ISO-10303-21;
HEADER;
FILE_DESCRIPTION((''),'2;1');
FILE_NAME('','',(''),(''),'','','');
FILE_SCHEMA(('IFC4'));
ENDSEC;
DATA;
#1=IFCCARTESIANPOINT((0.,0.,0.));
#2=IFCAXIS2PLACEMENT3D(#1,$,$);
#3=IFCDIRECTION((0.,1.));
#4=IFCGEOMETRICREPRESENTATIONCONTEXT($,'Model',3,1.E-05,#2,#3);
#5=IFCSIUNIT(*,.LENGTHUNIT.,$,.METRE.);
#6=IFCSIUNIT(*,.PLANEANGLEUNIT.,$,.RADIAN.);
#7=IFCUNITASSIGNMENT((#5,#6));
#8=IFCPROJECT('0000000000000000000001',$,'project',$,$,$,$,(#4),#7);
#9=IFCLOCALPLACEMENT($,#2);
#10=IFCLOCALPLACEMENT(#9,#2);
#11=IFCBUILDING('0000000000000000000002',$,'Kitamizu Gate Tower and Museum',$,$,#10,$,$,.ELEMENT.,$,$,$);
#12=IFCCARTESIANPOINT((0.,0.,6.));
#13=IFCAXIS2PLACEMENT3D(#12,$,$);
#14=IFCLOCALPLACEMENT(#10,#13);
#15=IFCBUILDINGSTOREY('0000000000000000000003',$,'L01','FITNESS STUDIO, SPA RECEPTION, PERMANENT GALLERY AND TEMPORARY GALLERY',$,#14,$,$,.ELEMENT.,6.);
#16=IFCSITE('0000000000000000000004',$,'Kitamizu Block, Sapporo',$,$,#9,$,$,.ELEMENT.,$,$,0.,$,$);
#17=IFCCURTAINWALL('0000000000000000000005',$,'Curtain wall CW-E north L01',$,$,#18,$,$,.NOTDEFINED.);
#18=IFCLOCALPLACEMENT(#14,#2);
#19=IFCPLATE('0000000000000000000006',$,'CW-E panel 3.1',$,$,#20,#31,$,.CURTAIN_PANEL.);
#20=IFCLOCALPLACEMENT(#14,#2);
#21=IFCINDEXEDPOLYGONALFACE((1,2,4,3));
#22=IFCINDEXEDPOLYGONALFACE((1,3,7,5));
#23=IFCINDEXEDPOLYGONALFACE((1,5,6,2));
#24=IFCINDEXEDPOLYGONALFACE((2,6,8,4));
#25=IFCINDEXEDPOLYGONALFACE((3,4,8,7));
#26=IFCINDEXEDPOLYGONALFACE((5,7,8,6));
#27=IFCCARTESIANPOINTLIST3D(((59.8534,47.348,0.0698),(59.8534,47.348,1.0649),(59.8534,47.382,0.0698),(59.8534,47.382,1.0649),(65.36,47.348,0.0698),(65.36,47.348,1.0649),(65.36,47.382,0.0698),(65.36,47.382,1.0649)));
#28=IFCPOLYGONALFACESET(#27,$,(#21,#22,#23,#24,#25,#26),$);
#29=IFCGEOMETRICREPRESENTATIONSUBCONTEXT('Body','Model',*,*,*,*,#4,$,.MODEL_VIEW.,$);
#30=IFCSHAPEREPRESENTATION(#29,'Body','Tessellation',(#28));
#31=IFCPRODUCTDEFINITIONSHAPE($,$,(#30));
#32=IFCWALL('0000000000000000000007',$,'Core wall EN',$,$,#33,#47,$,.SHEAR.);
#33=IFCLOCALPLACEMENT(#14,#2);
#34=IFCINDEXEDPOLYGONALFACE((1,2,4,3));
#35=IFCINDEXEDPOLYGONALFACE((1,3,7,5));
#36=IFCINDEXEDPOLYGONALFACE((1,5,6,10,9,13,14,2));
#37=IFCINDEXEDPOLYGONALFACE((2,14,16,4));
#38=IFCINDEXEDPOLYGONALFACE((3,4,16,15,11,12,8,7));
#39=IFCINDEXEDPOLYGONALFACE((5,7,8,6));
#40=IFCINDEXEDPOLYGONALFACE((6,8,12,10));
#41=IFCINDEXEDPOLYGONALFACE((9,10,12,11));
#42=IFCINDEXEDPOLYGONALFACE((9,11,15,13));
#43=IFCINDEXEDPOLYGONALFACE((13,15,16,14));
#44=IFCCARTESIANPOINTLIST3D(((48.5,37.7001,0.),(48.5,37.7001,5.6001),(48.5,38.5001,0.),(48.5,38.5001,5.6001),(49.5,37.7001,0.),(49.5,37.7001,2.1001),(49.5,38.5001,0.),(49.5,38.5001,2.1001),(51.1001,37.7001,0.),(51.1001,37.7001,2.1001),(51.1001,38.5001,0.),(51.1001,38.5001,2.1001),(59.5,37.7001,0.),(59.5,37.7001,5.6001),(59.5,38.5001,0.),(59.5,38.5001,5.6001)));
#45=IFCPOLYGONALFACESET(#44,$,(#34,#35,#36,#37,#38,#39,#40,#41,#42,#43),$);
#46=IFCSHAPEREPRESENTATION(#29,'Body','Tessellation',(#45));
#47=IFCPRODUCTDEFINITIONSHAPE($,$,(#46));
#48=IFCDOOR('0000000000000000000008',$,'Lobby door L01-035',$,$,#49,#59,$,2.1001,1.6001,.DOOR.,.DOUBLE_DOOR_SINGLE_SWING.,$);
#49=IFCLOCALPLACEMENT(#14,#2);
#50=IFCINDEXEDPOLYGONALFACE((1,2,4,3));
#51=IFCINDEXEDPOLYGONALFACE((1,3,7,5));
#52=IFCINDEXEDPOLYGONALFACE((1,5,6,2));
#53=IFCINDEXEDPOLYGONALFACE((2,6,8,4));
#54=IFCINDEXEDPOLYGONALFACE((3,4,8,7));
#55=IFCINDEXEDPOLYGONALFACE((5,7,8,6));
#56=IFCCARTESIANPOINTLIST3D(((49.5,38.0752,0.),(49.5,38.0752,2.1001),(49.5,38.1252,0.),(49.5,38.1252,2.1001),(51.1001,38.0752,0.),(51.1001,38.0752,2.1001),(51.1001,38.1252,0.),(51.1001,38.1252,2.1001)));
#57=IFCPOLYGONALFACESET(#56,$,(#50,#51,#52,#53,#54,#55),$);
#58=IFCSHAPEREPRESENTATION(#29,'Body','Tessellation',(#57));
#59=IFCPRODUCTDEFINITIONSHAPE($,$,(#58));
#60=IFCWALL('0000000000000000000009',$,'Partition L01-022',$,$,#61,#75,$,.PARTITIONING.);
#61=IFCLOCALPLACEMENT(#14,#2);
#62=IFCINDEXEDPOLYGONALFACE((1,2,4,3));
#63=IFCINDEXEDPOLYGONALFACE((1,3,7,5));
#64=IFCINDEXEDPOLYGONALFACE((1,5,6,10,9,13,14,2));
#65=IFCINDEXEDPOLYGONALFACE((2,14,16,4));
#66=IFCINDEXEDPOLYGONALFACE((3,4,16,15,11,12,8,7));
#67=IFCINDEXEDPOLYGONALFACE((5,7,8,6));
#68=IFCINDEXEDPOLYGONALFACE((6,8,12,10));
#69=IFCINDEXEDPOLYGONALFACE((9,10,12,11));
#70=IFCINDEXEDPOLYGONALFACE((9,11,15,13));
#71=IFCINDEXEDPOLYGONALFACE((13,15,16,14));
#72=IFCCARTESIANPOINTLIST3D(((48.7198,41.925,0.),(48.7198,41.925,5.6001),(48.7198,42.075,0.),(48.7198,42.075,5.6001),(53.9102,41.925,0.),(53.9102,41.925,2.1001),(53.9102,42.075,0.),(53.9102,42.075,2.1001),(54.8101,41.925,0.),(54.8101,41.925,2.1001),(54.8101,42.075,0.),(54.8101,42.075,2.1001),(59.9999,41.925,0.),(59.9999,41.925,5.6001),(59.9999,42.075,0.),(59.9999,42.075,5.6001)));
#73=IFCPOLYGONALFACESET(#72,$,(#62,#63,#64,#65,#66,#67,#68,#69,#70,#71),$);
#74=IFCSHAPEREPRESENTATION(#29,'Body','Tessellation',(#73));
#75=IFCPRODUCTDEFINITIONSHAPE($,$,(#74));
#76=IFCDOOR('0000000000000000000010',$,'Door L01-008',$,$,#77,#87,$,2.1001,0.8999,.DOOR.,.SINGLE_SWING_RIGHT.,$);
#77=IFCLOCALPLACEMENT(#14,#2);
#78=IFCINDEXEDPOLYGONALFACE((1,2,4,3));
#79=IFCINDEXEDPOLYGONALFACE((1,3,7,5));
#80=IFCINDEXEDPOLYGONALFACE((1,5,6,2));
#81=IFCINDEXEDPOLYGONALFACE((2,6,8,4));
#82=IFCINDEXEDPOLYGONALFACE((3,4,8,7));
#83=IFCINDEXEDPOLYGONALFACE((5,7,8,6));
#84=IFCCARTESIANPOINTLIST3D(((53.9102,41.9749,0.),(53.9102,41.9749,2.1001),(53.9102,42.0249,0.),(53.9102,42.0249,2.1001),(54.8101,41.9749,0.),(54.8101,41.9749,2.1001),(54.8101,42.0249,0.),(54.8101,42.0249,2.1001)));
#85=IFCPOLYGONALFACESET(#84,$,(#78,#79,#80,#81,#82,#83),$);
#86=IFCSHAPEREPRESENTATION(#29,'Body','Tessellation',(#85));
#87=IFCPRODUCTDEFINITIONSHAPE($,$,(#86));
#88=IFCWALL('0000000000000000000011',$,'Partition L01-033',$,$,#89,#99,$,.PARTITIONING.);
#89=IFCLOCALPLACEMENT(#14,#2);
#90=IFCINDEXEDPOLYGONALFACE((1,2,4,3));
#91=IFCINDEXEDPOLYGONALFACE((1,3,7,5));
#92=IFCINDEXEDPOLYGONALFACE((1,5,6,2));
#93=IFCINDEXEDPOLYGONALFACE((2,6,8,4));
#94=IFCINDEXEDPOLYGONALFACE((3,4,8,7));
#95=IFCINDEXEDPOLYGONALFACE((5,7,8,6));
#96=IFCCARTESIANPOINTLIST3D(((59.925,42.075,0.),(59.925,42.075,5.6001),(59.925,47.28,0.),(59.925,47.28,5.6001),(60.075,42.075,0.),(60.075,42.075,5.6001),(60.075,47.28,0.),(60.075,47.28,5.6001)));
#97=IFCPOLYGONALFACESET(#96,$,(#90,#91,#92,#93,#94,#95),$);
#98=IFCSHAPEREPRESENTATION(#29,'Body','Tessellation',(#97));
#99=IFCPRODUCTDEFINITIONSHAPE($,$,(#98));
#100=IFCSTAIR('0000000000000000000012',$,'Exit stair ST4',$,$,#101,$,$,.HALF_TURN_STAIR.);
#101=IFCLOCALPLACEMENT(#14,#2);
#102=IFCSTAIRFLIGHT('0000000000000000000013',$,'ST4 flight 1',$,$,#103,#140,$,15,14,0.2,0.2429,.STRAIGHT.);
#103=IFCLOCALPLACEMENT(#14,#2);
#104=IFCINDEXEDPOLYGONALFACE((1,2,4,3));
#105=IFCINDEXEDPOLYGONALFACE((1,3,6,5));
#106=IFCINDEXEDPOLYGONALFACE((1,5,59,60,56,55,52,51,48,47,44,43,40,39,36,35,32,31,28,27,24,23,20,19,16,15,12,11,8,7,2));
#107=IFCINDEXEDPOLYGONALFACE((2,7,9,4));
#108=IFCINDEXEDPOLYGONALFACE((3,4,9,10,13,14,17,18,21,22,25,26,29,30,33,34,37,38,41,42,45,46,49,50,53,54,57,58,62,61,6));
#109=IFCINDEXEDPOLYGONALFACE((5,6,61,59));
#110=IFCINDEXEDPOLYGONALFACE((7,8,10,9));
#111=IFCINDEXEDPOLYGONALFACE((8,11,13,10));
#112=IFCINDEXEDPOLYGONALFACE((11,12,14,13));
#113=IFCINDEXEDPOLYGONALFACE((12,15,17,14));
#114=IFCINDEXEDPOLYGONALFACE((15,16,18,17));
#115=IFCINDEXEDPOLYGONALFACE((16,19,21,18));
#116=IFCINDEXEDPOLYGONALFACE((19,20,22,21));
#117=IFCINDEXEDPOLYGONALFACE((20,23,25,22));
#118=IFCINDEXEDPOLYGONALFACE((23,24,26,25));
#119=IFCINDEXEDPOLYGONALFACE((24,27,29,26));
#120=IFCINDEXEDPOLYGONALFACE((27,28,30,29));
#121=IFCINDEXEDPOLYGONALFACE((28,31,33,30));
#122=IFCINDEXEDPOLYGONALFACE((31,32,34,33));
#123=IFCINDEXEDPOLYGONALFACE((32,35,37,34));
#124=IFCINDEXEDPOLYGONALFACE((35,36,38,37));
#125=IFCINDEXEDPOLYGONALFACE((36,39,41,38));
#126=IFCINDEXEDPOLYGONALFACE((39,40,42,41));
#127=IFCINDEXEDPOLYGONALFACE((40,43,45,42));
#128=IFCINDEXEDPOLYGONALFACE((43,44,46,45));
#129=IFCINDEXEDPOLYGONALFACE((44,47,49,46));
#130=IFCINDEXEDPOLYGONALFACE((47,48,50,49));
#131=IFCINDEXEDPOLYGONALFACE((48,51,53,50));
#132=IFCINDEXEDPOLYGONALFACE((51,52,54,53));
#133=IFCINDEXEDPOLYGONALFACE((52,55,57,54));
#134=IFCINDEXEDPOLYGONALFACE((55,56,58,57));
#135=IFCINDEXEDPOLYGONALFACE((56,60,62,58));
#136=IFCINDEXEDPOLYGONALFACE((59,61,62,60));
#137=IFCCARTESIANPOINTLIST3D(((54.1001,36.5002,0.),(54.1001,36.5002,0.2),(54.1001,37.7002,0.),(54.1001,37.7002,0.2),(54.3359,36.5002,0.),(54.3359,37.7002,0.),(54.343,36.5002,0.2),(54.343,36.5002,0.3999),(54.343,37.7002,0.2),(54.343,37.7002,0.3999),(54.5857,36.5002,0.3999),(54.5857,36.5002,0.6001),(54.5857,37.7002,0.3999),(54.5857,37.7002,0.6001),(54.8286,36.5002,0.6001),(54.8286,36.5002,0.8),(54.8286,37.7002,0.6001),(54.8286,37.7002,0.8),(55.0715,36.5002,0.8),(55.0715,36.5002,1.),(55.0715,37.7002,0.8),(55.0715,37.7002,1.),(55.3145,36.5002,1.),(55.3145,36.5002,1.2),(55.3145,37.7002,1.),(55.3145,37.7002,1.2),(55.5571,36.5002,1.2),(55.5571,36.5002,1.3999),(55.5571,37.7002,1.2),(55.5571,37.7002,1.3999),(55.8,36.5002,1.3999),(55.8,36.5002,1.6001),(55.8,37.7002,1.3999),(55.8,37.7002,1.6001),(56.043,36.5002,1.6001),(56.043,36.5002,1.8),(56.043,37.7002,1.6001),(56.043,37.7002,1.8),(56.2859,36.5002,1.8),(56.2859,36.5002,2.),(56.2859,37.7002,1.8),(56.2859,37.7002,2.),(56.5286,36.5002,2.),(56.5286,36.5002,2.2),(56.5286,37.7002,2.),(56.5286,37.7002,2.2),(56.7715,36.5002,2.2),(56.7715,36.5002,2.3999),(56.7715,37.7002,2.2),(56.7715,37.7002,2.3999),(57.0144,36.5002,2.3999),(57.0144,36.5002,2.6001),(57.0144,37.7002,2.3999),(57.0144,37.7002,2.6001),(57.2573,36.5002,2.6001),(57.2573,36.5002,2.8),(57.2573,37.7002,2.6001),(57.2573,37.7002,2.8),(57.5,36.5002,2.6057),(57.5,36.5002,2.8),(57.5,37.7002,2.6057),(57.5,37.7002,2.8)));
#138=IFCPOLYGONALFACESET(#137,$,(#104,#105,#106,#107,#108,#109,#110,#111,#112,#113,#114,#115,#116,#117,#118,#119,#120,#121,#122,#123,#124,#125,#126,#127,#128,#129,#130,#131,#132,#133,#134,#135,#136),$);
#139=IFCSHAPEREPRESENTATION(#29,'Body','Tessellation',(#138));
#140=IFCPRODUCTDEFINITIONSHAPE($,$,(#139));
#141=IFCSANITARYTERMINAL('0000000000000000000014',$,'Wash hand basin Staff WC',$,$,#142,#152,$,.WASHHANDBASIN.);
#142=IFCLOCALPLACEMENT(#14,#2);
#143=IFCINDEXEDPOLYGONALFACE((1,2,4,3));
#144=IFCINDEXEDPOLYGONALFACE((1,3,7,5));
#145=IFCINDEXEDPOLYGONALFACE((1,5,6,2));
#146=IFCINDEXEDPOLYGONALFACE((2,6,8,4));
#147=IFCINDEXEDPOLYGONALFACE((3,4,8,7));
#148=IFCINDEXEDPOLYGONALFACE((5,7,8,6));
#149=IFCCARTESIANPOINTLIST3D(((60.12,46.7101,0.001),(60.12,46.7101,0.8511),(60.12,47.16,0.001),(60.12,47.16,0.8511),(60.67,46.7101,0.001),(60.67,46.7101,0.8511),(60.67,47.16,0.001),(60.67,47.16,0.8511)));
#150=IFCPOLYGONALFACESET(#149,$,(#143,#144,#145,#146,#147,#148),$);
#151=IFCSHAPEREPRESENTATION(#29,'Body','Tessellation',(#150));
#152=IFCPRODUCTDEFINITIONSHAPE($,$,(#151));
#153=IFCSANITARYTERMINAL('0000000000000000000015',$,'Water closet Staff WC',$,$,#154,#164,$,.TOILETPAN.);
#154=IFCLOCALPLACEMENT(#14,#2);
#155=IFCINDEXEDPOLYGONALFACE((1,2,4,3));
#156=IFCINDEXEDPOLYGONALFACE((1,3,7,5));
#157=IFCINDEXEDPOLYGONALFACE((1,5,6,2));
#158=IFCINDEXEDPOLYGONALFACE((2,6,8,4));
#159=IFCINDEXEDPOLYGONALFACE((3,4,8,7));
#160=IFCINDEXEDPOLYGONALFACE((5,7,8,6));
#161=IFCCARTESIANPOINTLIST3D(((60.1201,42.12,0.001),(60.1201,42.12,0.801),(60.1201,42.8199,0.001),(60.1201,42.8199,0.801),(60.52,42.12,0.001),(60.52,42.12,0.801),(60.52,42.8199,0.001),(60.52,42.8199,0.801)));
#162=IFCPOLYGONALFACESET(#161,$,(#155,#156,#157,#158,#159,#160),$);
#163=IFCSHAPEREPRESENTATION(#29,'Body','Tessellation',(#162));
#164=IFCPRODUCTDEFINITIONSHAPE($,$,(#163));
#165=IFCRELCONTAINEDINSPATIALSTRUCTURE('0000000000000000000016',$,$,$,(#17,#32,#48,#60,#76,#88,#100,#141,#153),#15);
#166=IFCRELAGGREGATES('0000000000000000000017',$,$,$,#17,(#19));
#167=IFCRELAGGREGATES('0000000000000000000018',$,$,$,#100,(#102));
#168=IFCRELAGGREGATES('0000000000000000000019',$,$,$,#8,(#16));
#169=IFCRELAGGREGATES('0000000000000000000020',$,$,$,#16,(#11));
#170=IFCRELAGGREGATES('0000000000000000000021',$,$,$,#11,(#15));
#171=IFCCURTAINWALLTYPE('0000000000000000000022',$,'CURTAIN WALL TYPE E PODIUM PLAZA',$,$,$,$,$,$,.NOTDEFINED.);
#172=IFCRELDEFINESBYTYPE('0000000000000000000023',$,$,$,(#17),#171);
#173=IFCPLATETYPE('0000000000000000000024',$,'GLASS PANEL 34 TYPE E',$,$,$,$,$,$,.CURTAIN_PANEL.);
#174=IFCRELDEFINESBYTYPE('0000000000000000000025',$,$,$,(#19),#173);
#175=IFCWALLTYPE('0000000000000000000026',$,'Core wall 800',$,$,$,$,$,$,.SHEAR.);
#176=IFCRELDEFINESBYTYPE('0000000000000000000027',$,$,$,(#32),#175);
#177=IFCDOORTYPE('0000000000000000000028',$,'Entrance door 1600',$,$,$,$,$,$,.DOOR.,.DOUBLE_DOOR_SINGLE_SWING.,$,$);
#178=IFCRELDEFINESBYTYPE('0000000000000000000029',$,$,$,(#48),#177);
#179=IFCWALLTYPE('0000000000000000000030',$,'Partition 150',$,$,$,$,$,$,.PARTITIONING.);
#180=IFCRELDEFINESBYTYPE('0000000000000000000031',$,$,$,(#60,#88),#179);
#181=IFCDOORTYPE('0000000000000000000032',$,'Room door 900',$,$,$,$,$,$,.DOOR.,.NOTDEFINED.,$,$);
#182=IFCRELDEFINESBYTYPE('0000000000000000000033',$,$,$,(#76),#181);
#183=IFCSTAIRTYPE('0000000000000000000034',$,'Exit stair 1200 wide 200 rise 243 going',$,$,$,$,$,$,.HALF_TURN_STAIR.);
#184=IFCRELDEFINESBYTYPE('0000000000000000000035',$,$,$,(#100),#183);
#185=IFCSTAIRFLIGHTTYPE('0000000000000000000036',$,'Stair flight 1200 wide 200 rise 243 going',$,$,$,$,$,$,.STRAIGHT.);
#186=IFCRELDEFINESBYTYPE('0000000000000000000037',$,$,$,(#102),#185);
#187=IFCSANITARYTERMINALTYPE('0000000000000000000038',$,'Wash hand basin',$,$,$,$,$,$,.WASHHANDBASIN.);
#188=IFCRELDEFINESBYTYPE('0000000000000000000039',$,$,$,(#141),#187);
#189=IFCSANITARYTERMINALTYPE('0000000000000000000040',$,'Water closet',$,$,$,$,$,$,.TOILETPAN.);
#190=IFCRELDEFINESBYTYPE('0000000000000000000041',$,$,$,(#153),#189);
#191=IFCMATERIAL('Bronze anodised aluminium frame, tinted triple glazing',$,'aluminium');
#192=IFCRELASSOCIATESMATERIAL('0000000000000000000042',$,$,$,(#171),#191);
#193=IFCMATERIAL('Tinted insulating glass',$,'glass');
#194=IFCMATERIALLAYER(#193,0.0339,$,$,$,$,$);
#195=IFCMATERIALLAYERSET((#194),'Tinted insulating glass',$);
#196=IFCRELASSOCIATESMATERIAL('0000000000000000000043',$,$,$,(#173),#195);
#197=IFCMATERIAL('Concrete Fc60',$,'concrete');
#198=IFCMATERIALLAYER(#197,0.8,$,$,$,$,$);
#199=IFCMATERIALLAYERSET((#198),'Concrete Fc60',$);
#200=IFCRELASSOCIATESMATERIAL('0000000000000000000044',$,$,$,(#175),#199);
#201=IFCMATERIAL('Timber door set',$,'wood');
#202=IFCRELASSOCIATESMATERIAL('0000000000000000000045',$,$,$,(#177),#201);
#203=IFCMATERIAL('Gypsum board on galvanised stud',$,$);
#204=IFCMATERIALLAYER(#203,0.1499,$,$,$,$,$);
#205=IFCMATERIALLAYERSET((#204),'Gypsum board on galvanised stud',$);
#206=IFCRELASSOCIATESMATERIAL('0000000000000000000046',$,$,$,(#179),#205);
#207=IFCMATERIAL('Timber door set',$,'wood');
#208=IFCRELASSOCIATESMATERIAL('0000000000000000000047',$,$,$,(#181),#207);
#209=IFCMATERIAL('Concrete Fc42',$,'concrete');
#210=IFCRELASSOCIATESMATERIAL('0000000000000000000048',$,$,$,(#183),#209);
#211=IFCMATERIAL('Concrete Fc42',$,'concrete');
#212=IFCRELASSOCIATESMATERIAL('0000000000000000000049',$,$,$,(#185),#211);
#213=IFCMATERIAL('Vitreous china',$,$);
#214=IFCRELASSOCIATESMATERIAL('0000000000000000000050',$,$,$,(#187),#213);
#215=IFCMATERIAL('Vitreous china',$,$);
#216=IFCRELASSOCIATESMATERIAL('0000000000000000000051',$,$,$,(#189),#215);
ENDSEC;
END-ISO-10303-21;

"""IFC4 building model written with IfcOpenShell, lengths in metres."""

from ifc_helpers import new_model, si_unit, direction, frame, frame_2d, origin, origin_2d, place, context, subcontext, project, spatial, polyline, rectangle, outline, extrude, material, layer, layer_set, type_object, element, fill, aggregate, save


model = new_model("IFC4")

# Units and contexts
model_context = context("Model", 3, precision=1e-05, world=origin(), true_north=direction((0.0, 1.0)))
body_context = subcontext(model_context, "Body", "Model", "MODEL_VIEW")
ifc_project = project(units=[si_unit("LENGTHUNIT", "METRE"), si_unit("PLANEANGLEUNIT", "RADIAN")], contexts=[model_context])

# Site, building, storey
site_placement = place(None, origin())
site = spatial("IfcSite", under=ifc_project, at=site_placement, Name="Kitamizu Block, Sapporo", CompositionType="ELEMENT", RefElevation=0.0)
building_placement = place(site_placement, origin())
building = spatial("IfcBuilding", under=site, at=building_placement, Name="Kitamizu Gate Tower and Museum", CompositionType="ELEMENT")
storey_placement = place(building_placement, frame((0.0, 0.0, 6.0)))
storey = spatial("IfcBuildingStorey", under=building, at=storey_placement, Name="L01", Description="FITNESS STUDIO, SPA RECEPTION, PERMANENT GALLERY AND TEMPORARY GALLERY", CompositionType="ELEMENT", Elevation=6.0)

# Curtain wall, plate
ifc_material_1 = material(Name="Bronze anodised aluminium frame, tinted triple glazing", Category="aluminium")
curtain_wall_type = type_object("IfcCurtainWallType", Name="CURTAIN WALL TYPE E PODIUM PLAZA", PredefinedType="NOTDEFINED", material=ifc_material_1)
curtain_wall_placement = place(storey_placement, origin())
curtain_wall = element("IfcCurtainWall", 1, at=curtain_wall_placement, inside=storey, type_object=curtain_wall_type, Name="Curtain wall CW-E north L01", PredefinedType="NOTDEFINED")
ifc_material_2 = material(Name="Tinted insulating glass", Category="glass")
ifc_layer_1 = layer(ifc_material_2, 0.0339)
ifc_layer_set_1 = layer_set([ifc_layer_1], Name="Tinted insulating glass")
plate_type = type_object("IfcPlateType", Name="GLASS PANEL 34 TYPE E", PredefinedType="CURTAIN_PANEL", material=ifc_layer_set_1)
plate_1_placement = place(storey_placement, frame((62.6067, 47.365, 0.0698), z_axis=(0.0, 0.0, 1.0), x_axis=(1.0, 0.0, 0.0)))
plate_1 = element("IfcPlate", 2, at=plate_1_placement, type_object=plate_type, Name="CW-E panel 3.1", PredefinedType="CURTAIN_PANEL", context=body_context, shape_type="SweptSolid", body=[
    extrude(rectangle(XDim=5.5066, YDim=0.0339, at=origin_2d()), origin(), (0.0, 0.0, 1.0), 0.9951),
])
aggregate(curtain_wall, [plate_1])

# Walls, openings, doors
ifc_material_3 = material(Name="Concrete Fc60", Category="concrete")
ifc_layer_2 = layer(ifc_material_3, 0.8)
ifc_layer_set_2 = layer_set([ifc_layer_2], Name="Concrete Fc60")
wall_type_1 = type_object("IfcWallType", Name="Core wall 800", PredefinedType="SHEAR", material=ifc_layer_set_2)
wall_1_placement = place(storey_placement, frame((59.5, 38.1001, 0.0), z_axis=(0.0, 0.0, 1.0), x_axis=(-1.0, 0.0, 0.0)))
wall_1 = element("IfcWall", 3, at=wall_1_placement, inside=storey, type_object=wall_type_1, Name="Core wall EN", PredefinedType="SHEAR", context=body_context, shape_type="SweptSolid", body=[
    extrude(rectangle(XDim=11.0, YDim=0.8, at=frame_2d((5.5, 0.0))), origin(), (0.0, 0.0, 1.0), 5.6001),
])
opening_1_placement = place(wall_1_placement, frame((8.3999, 0.0, 0.0)))
opening_1 = element("IfcOpeningElement", 4, at=opening_1_placement, cuts=wall_1, PredefinedType="OPENING", context=body_context, shape_type="SweptSolid", body=[
    extrude(rectangle(XDim=1.6001, YDim=2.1001, at=frame_2d((0.8, 1.05))), frame((0.0, 0.4102, 0.0), z_axis=(0.0, -1.0, 0.0), x_axis=(1.0, 0.0, 0.0)), (0.0, 0.0, 1.0), 0.8201),
])
ifc_material_4 = material(Name="Timber door set", Category="wood")
door_type_1 = type_object("IfcDoorType", Name="Entrance door 1600", OperationType="DOUBLE_DOOR_SINGLE_SWING", PredefinedType="DOOR", material=ifc_material_4)
door_1_placement = place(opening_1_placement, origin())
door_1 = element("IfcDoor", 5, at=door_1_placement, inside=storey, type_object=door_type_1, Name="Lobby door L01-035", OperationType="DOUBLE_DOOR_SINGLE_SWING", OverallHeight=2.1001, OverallWidth=1.6001, PredefinedType="DOOR", context=body_context, shape_type="SweptSolid", body=[
    extrude(rectangle(XDim=1.6001, YDim=2.1001, at=frame_2d((0.8, 1.05))), frame((0.0, 0.0249, 0.0), z_axis=(0.0, -1.0, 0.0), x_axis=(1.0, 0.0, 0.0)), (0.0, 0.0, 1.0), 0.05),
])
fill(opening_1, door_1)
ifc_material_5 = material(Name="Gypsum board on galvanised stud")
ifc_layer_3 = layer(ifc_material_5, 0.1499)
ifc_layer_set_3 = layer_set([ifc_layer_3], Name="Gypsum board on galvanised stud")
wall_type_2 = type_object("IfcWallType", Name="Partition 150", PredefinedType="PARTITIONING", material=ifc_layer_set_3)
wall_2_placement = place(storey_placement, frame((60.0, 42.0, 0.0), z_axis=(0.0, 0.0, 1.0), x_axis=(-1.0, 0.0, 0.0)))
wall_2 = element("IfcWall", 6, at=wall_2_placement, inside=storey, type_object=wall_type_2, Name="Partition L01-022", PredefinedType="PARTITIONING", context=body_context, shape_type="SweptSolid", body=[
    extrude(rectangle(XDim=11.28, YDim=0.1499, at=frame_2d((5.6401, 0.0))), origin(), (0.0, 0.0, 1.0), 5.6001),
])
opening_2_placement = place(wall_2_placement, frame((5.1899, 0.0, 0.0)))
opening_2 = element("IfcOpeningElement", 7, at=opening_2_placement, cuts=wall_2, PredefinedType="OPENING", context=body_context, shape_type="SweptSolid", body=[
    extrude(rectangle(XDim=0.8999, YDim=2.1001, at=frame_2d((0.45, 1.05))), frame((0.0, 0.085, 0.0), z_axis=(0.0, -1.0, 0.0), x_axis=(1.0, 0.0, 0.0)), (0.0, 0.0, 1.0), 0.1699),
])
ifc_material_6 = material(Name="Timber door set", Category="wood")
door_type_2 = type_object("IfcDoorType", Name="Room door 900", OperationType="NOTDEFINED", PredefinedType="DOOR", material=ifc_material_6)
door_2_placement = place(opening_2_placement, frame((0.8999, 0.0, 0.0), x_axis=(-1.0, 0.0, 0.0)))
door_2 = element("IfcDoor", 8, at=door_2_placement, inside=storey, type_object=door_type_2, Name="Door L01-008", OperationType="SINGLE_SWING_RIGHT", OverallHeight=2.1001, OverallWidth=0.8999, PredefinedType="DOOR", context=body_context, shape_type="SweptSolid", body=[
    extrude(rectangle(XDim=0.8999, YDim=2.1001, at=frame_2d((0.45, 1.05))), frame((0.0, 0.0249, 0.0), z_axis=(0.0, -1.0, 0.0), x_axis=(1.0, 0.0, 0.0)), (0.0, 0.0, 1.0), 0.05),
])
fill(opening_2, door_2)

# Wall
wall_3_placement = place(storey_placement, frame((60.0, 42.075, 0.0), z_axis=(0.0, 0.0, 1.0), x_axis=(0.0, 1.0, 0.0)))
element("IfcWall", 9, at=wall_3_placement, inside=storey, type_object=wall_type_2, Name="Partition L01-033", PredefinedType="PARTITIONING", context=body_context, shape_type="SweptSolid", body=[
    extrude(rectangle(XDim=5.2051, YDim=0.1499, at=frame_2d((2.6025, 0.0))), origin(), (0.0, 0.0, 1.0), 5.6001),
])

# Stair, stair flight
ifc_material_7 = material(Name="Concrete Fc42", Category="concrete")
stair_type = type_object("IfcStairType", Name="Exit stair 1200 wide 200 rise 243 going", PredefinedType="HALF_TURN_STAIR", material=ifc_material_7)
stair_placement = place(storey_placement, origin())
stair = element("IfcStair", 10, at=stair_placement, inside=storey, type_object=stair_type, Name="Exit stair ST4", PredefinedType="HALF_TURN_STAIR")
ifc_material_8 = material(Name="Concrete Fc42", Category="concrete")
stair_flight_type = type_object("IfcStairFlightType", Name="Stair flight 1200 wide 200 rise 243 going", PredefinedType="STRAIGHT", material=ifc_material_8)
stair_flight_placement = place(storey_placement, frame((54.1001, 37.1001, 0.0), z_axis=(0.0, 0.0, 1.0), x_axis=(1.0, 0.0, 0.0)))
stair_flight = element("IfcStairFlight", 11, at=stair_flight_placement, type_object=stair_flight_type, Name="ST4 flight 1", NumberOfRisers=15, NumberOfTreads=14, PredefinedType="STRAIGHT", RiserHeight=0.2, TreadLength=0.2429, context=body_context, shape_type="SweptSolid", body=[
    extrude(outline(polyline([(0.0, 0.0), (0.0, 0.2), (0.2429, 0.2), (0.2429, 0.3999), (0.4856, 0.3999), (0.4856, 0.6001), (0.7285, 0.6001), (0.7285, 0.8), (0.9714, 0.8), (0.9714, 1.0), (1.2144, 1.0), (1.2144, 1.2), (1.457, 1.2), (1.457, 1.3999), (1.7, 1.3999), (1.7, 1.6001), (1.9429, 1.6001), (1.9429, 1.8), (2.1858, 1.8), (2.1858, 2.0), (2.4285, 2.0), (2.4285, 2.2), (2.6714, 2.2), (2.6714, 2.3999), (2.9143, 2.3999), (2.9143, 2.6001), (3.1572, 2.6001), (3.1572, 2.8), (3.3999, 2.8), (3.3999, 3.0), (3.3999, 2.6057), (0.2358, 0.0), (0.0, 0.0)])), frame((0.0, 0.6001, 0.0), z_axis=(0.0, -1.0, 0.0), x_axis=(1.0, 0.0, 0.0)), (0.0, 0.0, 1.0), 1.2),
])
aggregate(stair, [stair_flight])

# Sanitary terminals
ifc_material_9 = material(Name="Vitreous china")
sanitary_terminal_type_1 = type_object("IfcSanitaryTerminalType", Name="Wash hand basin", PredefinedType="WASHHANDBASIN", material=ifc_material_9)
sanitary_terminal_1_placement = place(storey_placement, frame((60.395, 46.9351, 0.001), z_axis=(0.0, 0.0, 1.0), x_axis=(1.0, 0.0, 0.0)))
element("IfcSanitaryTerminal", 12, at=sanitary_terminal_1_placement, inside=storey, type_object=sanitary_terminal_type_1, Name="Wash hand basin Staff WC", PredefinedType="WASHHANDBASIN", context=body_context, shape_type="SweptSolid", body=[
    extrude(rectangle(XDim=0.55, YDim=0.45, at=origin_2d()), origin(), (0.0, 0.0, 1.0), 0.8501),
])
ifc_material_10 = material(Name="Vitreous china")
sanitary_terminal_type_2 = type_object("IfcSanitaryTerminalType", Name="Water closet", PredefinedType="TOILETPAN", material=ifc_material_10)
sanitary_terminal_2_placement = place(storey_placement, frame((60.3201, 42.47, 0.001), z_axis=(0.0, 0.0, 1.0), x_axis=(1.0, 0.0, 0.0)))
element("IfcSanitaryTerminal", 13, at=sanitary_terminal_2_placement, inside=storey, type_object=sanitary_terminal_type_2, Name="Water closet Staff WC", PredefinedType="TOILETPAN", context=body_context, shape_type="SweptSolid", body=[
    extrude(rectangle(XDim=0.3999, YDim=0.7, at=origin_2d()), origin(), (0.0, 0.0, 1.0), 0.8),
])

save(model, "model.ifc")
